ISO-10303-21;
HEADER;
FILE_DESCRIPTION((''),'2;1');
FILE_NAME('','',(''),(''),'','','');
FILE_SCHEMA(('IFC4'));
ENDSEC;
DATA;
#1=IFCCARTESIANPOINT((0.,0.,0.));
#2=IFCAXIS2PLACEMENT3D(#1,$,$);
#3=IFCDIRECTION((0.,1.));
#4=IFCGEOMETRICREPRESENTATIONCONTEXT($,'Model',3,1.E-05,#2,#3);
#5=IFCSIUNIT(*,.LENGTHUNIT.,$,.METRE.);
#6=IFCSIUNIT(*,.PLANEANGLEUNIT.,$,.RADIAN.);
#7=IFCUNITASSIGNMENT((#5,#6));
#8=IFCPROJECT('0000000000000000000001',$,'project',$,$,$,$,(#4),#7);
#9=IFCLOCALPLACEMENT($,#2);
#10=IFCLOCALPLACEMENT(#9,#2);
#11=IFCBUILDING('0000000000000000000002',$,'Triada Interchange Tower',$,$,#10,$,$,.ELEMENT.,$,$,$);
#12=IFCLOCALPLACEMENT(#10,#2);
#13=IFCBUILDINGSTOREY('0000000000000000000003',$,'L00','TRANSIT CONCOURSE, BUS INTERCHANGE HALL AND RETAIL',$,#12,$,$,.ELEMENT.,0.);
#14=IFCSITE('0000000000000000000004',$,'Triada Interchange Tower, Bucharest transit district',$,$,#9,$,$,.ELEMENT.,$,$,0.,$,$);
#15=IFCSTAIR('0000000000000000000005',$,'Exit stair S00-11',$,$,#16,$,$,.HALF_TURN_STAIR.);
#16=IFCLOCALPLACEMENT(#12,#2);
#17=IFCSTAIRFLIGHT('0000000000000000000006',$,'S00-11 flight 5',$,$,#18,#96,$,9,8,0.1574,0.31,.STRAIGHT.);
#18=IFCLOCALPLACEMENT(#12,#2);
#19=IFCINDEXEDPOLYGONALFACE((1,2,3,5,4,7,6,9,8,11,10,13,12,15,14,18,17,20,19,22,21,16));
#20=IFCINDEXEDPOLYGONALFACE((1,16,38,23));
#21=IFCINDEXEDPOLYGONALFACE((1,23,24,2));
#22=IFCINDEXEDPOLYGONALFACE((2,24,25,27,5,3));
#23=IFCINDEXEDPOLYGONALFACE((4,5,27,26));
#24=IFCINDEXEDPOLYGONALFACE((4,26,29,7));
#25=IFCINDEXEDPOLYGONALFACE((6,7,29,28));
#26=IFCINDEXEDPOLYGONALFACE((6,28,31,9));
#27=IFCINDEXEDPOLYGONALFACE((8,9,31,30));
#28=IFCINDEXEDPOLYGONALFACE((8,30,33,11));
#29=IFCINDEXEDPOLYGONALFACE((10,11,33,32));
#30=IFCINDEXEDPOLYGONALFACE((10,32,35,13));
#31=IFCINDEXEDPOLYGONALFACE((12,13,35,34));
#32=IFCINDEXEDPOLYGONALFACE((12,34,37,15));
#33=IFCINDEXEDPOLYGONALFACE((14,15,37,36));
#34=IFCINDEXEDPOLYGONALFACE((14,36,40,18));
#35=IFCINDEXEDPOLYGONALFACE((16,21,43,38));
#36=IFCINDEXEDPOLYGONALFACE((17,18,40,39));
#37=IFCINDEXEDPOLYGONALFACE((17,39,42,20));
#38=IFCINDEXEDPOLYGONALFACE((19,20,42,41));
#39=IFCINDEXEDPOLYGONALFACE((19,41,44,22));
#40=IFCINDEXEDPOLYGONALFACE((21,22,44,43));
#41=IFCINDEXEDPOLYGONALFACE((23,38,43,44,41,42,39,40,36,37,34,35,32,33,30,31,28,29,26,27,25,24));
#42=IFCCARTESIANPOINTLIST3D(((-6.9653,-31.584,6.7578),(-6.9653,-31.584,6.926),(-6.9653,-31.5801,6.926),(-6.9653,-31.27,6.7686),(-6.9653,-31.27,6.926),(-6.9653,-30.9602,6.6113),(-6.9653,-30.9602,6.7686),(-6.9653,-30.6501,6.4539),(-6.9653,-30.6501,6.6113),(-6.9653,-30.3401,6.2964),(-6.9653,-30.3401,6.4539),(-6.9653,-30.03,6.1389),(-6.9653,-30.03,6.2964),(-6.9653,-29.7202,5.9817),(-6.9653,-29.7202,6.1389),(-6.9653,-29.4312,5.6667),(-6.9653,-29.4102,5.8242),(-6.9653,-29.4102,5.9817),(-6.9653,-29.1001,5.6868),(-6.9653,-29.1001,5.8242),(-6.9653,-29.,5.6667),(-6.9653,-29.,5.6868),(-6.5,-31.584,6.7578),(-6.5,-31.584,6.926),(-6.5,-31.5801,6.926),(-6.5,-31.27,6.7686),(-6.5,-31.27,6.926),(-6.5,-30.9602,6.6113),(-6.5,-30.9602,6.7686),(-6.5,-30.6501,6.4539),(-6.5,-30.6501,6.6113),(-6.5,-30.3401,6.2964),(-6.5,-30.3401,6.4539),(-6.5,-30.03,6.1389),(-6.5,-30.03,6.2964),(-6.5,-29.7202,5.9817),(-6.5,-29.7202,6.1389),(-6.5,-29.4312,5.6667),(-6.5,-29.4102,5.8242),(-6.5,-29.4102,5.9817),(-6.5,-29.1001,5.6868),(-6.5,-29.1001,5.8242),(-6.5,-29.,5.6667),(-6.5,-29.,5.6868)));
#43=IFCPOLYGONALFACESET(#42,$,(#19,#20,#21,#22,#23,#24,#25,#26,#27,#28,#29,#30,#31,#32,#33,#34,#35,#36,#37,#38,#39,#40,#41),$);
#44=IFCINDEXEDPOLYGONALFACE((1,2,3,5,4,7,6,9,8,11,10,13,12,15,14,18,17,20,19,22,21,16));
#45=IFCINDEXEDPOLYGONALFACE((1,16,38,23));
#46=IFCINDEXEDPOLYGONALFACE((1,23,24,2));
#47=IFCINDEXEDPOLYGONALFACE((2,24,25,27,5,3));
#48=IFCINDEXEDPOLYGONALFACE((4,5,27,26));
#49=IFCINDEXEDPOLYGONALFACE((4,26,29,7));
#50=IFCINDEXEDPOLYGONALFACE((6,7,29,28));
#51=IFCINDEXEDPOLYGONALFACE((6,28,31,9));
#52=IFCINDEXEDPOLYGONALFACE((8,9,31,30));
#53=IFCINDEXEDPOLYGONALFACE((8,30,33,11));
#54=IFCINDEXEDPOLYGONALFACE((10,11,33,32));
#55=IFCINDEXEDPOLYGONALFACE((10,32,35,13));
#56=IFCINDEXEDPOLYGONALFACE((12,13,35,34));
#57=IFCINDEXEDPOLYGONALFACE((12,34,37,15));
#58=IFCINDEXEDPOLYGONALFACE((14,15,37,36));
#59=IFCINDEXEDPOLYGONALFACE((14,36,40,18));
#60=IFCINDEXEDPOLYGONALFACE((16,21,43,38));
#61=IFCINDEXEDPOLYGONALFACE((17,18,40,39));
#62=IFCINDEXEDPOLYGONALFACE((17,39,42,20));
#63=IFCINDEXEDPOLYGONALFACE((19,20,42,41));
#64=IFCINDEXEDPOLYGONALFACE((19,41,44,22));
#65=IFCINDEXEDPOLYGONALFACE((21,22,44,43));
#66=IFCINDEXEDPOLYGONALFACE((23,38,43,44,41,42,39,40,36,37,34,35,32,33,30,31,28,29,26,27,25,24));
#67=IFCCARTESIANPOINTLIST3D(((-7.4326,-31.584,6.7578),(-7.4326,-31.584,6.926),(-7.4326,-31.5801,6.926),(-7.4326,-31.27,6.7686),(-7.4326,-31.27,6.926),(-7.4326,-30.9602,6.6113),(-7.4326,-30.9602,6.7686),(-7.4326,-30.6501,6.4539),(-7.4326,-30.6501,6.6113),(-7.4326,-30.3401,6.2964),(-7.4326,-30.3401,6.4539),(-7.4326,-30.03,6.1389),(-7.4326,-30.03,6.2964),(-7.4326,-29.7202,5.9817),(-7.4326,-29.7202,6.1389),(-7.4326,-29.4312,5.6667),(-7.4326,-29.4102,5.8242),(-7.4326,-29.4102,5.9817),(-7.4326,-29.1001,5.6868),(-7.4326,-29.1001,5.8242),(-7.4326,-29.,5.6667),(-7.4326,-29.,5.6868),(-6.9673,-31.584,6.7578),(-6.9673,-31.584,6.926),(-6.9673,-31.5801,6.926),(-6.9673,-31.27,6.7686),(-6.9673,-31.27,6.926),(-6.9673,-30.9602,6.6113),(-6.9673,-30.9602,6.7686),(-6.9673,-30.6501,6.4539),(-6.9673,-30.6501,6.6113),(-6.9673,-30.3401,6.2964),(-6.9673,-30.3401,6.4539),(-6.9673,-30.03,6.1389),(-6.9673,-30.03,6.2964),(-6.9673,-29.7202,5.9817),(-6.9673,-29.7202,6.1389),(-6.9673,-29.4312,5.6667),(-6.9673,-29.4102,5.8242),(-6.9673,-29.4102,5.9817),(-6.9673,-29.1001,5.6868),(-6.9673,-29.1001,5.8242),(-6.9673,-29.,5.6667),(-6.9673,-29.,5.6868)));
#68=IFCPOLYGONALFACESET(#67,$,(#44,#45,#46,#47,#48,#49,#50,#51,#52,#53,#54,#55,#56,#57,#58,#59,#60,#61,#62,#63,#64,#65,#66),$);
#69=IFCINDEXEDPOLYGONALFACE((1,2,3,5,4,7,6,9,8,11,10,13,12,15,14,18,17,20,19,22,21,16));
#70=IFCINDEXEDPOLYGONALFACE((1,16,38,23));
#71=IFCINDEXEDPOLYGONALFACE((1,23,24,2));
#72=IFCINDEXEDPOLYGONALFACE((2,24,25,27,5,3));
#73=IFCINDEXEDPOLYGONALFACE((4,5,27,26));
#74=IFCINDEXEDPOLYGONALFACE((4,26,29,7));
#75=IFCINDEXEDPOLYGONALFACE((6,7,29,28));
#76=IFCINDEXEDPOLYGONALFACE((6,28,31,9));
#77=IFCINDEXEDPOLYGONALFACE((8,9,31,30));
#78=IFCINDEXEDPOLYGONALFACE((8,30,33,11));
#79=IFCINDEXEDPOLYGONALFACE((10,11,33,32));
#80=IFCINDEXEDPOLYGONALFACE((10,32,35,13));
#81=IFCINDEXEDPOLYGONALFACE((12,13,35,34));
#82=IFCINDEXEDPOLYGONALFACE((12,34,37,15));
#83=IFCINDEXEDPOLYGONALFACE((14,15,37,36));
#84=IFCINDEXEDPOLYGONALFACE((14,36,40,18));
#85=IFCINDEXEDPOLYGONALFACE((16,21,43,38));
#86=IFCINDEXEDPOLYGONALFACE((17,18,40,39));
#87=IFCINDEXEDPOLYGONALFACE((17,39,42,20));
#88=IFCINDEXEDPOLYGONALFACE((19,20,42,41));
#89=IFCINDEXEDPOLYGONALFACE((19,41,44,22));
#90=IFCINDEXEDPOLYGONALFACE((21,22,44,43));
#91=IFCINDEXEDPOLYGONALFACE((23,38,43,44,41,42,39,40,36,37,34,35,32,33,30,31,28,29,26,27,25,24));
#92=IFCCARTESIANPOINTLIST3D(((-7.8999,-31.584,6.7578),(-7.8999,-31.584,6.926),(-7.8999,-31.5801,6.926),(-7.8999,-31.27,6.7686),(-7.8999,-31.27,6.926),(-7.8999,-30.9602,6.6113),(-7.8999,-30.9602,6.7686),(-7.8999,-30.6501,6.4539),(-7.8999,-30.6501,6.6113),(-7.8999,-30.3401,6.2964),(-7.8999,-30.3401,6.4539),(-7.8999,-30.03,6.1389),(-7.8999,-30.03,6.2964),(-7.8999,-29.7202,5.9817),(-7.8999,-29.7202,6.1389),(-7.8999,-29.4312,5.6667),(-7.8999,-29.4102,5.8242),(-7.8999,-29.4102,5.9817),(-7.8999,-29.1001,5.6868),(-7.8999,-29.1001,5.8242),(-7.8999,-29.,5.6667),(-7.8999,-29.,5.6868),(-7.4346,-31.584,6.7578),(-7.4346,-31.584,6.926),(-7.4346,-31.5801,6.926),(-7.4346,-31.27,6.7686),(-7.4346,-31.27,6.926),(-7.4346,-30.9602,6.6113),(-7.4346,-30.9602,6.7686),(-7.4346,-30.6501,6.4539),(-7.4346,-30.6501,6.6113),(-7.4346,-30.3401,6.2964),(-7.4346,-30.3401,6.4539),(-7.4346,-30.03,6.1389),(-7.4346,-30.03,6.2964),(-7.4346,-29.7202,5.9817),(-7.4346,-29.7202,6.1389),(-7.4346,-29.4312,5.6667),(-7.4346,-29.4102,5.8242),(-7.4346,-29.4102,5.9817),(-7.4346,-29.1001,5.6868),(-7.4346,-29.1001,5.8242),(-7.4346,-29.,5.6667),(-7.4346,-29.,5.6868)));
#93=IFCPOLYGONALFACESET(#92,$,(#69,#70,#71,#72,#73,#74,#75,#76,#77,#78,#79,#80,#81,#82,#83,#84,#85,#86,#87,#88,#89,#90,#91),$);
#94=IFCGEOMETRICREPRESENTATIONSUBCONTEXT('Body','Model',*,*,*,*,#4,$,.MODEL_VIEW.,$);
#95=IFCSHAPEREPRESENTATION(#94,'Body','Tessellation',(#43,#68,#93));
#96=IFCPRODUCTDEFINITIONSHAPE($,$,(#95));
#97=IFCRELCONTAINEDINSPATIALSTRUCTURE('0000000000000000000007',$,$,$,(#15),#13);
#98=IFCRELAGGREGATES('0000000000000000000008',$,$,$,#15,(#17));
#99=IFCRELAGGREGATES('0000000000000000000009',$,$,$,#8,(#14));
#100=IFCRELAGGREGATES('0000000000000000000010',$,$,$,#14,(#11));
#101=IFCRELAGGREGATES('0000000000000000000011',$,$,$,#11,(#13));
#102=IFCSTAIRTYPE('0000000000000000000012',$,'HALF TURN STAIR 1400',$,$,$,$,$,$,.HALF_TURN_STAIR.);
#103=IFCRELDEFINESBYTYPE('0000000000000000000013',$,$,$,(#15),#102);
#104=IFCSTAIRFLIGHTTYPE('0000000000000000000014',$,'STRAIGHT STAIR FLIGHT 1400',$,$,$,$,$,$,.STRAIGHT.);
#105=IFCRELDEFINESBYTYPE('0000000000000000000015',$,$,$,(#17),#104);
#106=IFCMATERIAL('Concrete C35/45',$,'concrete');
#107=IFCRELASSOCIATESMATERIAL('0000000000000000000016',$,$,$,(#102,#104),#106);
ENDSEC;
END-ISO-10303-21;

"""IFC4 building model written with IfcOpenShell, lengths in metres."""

from ifc_helpers import new_model, si_unit, direction, frame, origin, place, context, subcontext, project, spatial, polyline, outline, extrude, material, type_object, element, aggregate, save


model = new_model("IFC4")

# Units and contexts
model_context = context("Model", 3, precision=1e-05, world=origin(), true_north=direction((0.0, 1.0)))
body_context = subcontext(model_context, "Body", "Model", "MODEL_VIEW")
ifc_project = project(units=[si_unit("LENGTHUNIT", "METRE"), si_unit("PLANEANGLEUNIT", "RADIAN")], contexts=[model_context])

# Site, building, storey
site_placement = place(None, origin())
site = spatial("IfcSite", under=ifc_project, at=site_placement, Name="Triada Interchange Tower, Bucharest transit district", CompositionType="ELEMENT", RefElevation=0.0)
building_placement = place(site_placement, origin())
building = spatial("IfcBuilding", under=site, at=building_placement, Name="Triada Interchange Tower", CompositionType="ELEMENT")
storey_placement = place(building_placement, origin())
storey = spatial("IfcBuildingStorey", under=building, at=storey_placement, Name="L00", Description="TRANSIT CONCOURSE, BUS INTERCHANGE HALL AND RETAIL", CompositionType="ELEMENT", Elevation=0.0)

# Shared definitions
ifc_material_1 = material(Name="Concrete C35/45", Category="concrete")

# Stair, stair flight
stair_type = type_object("IfcStairType", Name="HALF TURN STAIR 1400", PredefinedType="HALF_TURN_STAIR", material=ifc_material_1)
stair_placement = place(storey_placement, origin())
stair = element("IfcStair", 1, at=stair_placement, inside=storey, type_object=stair_type, Name="Exit stair S00-11", PredefinedType="HALF_TURN_STAIR")
stair_flight_type = type_object("IfcStairFlightType", Name="STRAIGHT STAIR FLIGHT 1400", PredefinedType="STRAIGHT", material=ifc_material_1)
stair_flight_1_placement = place(storey_placement, frame((-7.2, -29.1001, 5.6667), z_axis=(0.0, 0.0, 1.0), x_axis=(0.0, -1.0, 0.0)))
stair_flight_1 = element("IfcStairFlight", 2, at=stair_flight_1_placement, type_object=stair_flight_type, Name="S00-11 flight 5", NumberOfRisers=9, NumberOfTreads=8, PredefinedType="STRAIGHT", RiserHeight=0.1574, TreadLength=0.31, context=body_context, shape_type="SweptSolid", body=[
    extrude(outline(polyline([(-0.1001, 0.0), (-0.1001, 0.02), (0.0, 0.02), (0.0, 0.1575), (0.3101, 0.1575), (0.3101, 0.3149), (0.6201, 0.3149), (0.6201, 0.4722), (0.9299, 0.4722), (0.9299, 0.6296), (1.24, 0.6296), (1.24, 0.7871), (1.55, 0.7871), (1.55, 0.9446), (1.8601, 0.9446), (1.8601, 1.1018), (2.1699, 1.1018), (2.1699, 1.2593), (2.48, 1.2593), (2.4839, 1.2593), (2.4839, 1.4167), (2.4839, 1.0911), (0.3311, 0.0), (-0.1001, 0.0)])), frame((0.0, 0.7, 0.0), z_axis=(0.0, -1.0, 0.0), x_axis=(1.0, 0.0, 0.0)), (0.0, 0.0, 1.0), 0.4653),
    extrude(outline(polyline([(-0.1001, 0.0), (-0.1001, 0.02), (0.0, 0.02), (0.0, 0.1575), (0.3101, 0.1575), (0.3101, 0.3149), (0.6201, 0.3149), (0.6201, 0.4722), (0.9299, 0.4722), (0.9299, 0.6296), (1.24, 0.6296), (1.24, 0.7871), (1.55, 0.7871), (1.55, 0.9446), (1.8601, 0.9446), (1.8601, 1.1018), (2.1699, 1.1018), (2.1699, 1.2593), (2.48, 1.2593), (2.4839, 1.2593), (2.4839, 1.4167), (2.4839, 1.0911), (0.3311, 0.0), (-0.1001, 0.0)])), frame((0.0, 0.2327, 0.0), z_axis=(0.0, -1.0, 0.0), x_axis=(1.0, 0.0, 0.0)), (0.0, 0.0, 1.0), 0.4653),
    extrude(outline(polyline([(-0.1001, 0.0), (-0.1001, 0.02), (0.0, 0.02), (0.0, 0.1575), (0.3101, 0.1575), (0.3101, 0.3149), (0.6201, 0.3149), (0.6201, 0.4722), (0.9299, 0.4722), (0.9299, 0.6296), (1.24, 0.6296), (1.24, 0.7871), (1.55, 0.7871), (1.55, 0.9446), (1.8601, 0.9446), (1.8601, 1.1018), (2.1699, 1.1018), (2.1699, 1.2593), (2.48, 1.2593), (2.4839, 1.2593), (2.4839, 1.4167), (2.4839, 1.0911), (0.3311, 0.0), (-0.1001, 0.0)])), frame((0.0, -0.2346, 0.0), z_axis=(0.0, -1.0, 0.0), x_axis=(1.0, 0.0, 0.0)), (0.0, 0.0, 1.0), 0.4653),
])
aggregate(stair, [stair_flight_1])

save(model, "model.ifc")
